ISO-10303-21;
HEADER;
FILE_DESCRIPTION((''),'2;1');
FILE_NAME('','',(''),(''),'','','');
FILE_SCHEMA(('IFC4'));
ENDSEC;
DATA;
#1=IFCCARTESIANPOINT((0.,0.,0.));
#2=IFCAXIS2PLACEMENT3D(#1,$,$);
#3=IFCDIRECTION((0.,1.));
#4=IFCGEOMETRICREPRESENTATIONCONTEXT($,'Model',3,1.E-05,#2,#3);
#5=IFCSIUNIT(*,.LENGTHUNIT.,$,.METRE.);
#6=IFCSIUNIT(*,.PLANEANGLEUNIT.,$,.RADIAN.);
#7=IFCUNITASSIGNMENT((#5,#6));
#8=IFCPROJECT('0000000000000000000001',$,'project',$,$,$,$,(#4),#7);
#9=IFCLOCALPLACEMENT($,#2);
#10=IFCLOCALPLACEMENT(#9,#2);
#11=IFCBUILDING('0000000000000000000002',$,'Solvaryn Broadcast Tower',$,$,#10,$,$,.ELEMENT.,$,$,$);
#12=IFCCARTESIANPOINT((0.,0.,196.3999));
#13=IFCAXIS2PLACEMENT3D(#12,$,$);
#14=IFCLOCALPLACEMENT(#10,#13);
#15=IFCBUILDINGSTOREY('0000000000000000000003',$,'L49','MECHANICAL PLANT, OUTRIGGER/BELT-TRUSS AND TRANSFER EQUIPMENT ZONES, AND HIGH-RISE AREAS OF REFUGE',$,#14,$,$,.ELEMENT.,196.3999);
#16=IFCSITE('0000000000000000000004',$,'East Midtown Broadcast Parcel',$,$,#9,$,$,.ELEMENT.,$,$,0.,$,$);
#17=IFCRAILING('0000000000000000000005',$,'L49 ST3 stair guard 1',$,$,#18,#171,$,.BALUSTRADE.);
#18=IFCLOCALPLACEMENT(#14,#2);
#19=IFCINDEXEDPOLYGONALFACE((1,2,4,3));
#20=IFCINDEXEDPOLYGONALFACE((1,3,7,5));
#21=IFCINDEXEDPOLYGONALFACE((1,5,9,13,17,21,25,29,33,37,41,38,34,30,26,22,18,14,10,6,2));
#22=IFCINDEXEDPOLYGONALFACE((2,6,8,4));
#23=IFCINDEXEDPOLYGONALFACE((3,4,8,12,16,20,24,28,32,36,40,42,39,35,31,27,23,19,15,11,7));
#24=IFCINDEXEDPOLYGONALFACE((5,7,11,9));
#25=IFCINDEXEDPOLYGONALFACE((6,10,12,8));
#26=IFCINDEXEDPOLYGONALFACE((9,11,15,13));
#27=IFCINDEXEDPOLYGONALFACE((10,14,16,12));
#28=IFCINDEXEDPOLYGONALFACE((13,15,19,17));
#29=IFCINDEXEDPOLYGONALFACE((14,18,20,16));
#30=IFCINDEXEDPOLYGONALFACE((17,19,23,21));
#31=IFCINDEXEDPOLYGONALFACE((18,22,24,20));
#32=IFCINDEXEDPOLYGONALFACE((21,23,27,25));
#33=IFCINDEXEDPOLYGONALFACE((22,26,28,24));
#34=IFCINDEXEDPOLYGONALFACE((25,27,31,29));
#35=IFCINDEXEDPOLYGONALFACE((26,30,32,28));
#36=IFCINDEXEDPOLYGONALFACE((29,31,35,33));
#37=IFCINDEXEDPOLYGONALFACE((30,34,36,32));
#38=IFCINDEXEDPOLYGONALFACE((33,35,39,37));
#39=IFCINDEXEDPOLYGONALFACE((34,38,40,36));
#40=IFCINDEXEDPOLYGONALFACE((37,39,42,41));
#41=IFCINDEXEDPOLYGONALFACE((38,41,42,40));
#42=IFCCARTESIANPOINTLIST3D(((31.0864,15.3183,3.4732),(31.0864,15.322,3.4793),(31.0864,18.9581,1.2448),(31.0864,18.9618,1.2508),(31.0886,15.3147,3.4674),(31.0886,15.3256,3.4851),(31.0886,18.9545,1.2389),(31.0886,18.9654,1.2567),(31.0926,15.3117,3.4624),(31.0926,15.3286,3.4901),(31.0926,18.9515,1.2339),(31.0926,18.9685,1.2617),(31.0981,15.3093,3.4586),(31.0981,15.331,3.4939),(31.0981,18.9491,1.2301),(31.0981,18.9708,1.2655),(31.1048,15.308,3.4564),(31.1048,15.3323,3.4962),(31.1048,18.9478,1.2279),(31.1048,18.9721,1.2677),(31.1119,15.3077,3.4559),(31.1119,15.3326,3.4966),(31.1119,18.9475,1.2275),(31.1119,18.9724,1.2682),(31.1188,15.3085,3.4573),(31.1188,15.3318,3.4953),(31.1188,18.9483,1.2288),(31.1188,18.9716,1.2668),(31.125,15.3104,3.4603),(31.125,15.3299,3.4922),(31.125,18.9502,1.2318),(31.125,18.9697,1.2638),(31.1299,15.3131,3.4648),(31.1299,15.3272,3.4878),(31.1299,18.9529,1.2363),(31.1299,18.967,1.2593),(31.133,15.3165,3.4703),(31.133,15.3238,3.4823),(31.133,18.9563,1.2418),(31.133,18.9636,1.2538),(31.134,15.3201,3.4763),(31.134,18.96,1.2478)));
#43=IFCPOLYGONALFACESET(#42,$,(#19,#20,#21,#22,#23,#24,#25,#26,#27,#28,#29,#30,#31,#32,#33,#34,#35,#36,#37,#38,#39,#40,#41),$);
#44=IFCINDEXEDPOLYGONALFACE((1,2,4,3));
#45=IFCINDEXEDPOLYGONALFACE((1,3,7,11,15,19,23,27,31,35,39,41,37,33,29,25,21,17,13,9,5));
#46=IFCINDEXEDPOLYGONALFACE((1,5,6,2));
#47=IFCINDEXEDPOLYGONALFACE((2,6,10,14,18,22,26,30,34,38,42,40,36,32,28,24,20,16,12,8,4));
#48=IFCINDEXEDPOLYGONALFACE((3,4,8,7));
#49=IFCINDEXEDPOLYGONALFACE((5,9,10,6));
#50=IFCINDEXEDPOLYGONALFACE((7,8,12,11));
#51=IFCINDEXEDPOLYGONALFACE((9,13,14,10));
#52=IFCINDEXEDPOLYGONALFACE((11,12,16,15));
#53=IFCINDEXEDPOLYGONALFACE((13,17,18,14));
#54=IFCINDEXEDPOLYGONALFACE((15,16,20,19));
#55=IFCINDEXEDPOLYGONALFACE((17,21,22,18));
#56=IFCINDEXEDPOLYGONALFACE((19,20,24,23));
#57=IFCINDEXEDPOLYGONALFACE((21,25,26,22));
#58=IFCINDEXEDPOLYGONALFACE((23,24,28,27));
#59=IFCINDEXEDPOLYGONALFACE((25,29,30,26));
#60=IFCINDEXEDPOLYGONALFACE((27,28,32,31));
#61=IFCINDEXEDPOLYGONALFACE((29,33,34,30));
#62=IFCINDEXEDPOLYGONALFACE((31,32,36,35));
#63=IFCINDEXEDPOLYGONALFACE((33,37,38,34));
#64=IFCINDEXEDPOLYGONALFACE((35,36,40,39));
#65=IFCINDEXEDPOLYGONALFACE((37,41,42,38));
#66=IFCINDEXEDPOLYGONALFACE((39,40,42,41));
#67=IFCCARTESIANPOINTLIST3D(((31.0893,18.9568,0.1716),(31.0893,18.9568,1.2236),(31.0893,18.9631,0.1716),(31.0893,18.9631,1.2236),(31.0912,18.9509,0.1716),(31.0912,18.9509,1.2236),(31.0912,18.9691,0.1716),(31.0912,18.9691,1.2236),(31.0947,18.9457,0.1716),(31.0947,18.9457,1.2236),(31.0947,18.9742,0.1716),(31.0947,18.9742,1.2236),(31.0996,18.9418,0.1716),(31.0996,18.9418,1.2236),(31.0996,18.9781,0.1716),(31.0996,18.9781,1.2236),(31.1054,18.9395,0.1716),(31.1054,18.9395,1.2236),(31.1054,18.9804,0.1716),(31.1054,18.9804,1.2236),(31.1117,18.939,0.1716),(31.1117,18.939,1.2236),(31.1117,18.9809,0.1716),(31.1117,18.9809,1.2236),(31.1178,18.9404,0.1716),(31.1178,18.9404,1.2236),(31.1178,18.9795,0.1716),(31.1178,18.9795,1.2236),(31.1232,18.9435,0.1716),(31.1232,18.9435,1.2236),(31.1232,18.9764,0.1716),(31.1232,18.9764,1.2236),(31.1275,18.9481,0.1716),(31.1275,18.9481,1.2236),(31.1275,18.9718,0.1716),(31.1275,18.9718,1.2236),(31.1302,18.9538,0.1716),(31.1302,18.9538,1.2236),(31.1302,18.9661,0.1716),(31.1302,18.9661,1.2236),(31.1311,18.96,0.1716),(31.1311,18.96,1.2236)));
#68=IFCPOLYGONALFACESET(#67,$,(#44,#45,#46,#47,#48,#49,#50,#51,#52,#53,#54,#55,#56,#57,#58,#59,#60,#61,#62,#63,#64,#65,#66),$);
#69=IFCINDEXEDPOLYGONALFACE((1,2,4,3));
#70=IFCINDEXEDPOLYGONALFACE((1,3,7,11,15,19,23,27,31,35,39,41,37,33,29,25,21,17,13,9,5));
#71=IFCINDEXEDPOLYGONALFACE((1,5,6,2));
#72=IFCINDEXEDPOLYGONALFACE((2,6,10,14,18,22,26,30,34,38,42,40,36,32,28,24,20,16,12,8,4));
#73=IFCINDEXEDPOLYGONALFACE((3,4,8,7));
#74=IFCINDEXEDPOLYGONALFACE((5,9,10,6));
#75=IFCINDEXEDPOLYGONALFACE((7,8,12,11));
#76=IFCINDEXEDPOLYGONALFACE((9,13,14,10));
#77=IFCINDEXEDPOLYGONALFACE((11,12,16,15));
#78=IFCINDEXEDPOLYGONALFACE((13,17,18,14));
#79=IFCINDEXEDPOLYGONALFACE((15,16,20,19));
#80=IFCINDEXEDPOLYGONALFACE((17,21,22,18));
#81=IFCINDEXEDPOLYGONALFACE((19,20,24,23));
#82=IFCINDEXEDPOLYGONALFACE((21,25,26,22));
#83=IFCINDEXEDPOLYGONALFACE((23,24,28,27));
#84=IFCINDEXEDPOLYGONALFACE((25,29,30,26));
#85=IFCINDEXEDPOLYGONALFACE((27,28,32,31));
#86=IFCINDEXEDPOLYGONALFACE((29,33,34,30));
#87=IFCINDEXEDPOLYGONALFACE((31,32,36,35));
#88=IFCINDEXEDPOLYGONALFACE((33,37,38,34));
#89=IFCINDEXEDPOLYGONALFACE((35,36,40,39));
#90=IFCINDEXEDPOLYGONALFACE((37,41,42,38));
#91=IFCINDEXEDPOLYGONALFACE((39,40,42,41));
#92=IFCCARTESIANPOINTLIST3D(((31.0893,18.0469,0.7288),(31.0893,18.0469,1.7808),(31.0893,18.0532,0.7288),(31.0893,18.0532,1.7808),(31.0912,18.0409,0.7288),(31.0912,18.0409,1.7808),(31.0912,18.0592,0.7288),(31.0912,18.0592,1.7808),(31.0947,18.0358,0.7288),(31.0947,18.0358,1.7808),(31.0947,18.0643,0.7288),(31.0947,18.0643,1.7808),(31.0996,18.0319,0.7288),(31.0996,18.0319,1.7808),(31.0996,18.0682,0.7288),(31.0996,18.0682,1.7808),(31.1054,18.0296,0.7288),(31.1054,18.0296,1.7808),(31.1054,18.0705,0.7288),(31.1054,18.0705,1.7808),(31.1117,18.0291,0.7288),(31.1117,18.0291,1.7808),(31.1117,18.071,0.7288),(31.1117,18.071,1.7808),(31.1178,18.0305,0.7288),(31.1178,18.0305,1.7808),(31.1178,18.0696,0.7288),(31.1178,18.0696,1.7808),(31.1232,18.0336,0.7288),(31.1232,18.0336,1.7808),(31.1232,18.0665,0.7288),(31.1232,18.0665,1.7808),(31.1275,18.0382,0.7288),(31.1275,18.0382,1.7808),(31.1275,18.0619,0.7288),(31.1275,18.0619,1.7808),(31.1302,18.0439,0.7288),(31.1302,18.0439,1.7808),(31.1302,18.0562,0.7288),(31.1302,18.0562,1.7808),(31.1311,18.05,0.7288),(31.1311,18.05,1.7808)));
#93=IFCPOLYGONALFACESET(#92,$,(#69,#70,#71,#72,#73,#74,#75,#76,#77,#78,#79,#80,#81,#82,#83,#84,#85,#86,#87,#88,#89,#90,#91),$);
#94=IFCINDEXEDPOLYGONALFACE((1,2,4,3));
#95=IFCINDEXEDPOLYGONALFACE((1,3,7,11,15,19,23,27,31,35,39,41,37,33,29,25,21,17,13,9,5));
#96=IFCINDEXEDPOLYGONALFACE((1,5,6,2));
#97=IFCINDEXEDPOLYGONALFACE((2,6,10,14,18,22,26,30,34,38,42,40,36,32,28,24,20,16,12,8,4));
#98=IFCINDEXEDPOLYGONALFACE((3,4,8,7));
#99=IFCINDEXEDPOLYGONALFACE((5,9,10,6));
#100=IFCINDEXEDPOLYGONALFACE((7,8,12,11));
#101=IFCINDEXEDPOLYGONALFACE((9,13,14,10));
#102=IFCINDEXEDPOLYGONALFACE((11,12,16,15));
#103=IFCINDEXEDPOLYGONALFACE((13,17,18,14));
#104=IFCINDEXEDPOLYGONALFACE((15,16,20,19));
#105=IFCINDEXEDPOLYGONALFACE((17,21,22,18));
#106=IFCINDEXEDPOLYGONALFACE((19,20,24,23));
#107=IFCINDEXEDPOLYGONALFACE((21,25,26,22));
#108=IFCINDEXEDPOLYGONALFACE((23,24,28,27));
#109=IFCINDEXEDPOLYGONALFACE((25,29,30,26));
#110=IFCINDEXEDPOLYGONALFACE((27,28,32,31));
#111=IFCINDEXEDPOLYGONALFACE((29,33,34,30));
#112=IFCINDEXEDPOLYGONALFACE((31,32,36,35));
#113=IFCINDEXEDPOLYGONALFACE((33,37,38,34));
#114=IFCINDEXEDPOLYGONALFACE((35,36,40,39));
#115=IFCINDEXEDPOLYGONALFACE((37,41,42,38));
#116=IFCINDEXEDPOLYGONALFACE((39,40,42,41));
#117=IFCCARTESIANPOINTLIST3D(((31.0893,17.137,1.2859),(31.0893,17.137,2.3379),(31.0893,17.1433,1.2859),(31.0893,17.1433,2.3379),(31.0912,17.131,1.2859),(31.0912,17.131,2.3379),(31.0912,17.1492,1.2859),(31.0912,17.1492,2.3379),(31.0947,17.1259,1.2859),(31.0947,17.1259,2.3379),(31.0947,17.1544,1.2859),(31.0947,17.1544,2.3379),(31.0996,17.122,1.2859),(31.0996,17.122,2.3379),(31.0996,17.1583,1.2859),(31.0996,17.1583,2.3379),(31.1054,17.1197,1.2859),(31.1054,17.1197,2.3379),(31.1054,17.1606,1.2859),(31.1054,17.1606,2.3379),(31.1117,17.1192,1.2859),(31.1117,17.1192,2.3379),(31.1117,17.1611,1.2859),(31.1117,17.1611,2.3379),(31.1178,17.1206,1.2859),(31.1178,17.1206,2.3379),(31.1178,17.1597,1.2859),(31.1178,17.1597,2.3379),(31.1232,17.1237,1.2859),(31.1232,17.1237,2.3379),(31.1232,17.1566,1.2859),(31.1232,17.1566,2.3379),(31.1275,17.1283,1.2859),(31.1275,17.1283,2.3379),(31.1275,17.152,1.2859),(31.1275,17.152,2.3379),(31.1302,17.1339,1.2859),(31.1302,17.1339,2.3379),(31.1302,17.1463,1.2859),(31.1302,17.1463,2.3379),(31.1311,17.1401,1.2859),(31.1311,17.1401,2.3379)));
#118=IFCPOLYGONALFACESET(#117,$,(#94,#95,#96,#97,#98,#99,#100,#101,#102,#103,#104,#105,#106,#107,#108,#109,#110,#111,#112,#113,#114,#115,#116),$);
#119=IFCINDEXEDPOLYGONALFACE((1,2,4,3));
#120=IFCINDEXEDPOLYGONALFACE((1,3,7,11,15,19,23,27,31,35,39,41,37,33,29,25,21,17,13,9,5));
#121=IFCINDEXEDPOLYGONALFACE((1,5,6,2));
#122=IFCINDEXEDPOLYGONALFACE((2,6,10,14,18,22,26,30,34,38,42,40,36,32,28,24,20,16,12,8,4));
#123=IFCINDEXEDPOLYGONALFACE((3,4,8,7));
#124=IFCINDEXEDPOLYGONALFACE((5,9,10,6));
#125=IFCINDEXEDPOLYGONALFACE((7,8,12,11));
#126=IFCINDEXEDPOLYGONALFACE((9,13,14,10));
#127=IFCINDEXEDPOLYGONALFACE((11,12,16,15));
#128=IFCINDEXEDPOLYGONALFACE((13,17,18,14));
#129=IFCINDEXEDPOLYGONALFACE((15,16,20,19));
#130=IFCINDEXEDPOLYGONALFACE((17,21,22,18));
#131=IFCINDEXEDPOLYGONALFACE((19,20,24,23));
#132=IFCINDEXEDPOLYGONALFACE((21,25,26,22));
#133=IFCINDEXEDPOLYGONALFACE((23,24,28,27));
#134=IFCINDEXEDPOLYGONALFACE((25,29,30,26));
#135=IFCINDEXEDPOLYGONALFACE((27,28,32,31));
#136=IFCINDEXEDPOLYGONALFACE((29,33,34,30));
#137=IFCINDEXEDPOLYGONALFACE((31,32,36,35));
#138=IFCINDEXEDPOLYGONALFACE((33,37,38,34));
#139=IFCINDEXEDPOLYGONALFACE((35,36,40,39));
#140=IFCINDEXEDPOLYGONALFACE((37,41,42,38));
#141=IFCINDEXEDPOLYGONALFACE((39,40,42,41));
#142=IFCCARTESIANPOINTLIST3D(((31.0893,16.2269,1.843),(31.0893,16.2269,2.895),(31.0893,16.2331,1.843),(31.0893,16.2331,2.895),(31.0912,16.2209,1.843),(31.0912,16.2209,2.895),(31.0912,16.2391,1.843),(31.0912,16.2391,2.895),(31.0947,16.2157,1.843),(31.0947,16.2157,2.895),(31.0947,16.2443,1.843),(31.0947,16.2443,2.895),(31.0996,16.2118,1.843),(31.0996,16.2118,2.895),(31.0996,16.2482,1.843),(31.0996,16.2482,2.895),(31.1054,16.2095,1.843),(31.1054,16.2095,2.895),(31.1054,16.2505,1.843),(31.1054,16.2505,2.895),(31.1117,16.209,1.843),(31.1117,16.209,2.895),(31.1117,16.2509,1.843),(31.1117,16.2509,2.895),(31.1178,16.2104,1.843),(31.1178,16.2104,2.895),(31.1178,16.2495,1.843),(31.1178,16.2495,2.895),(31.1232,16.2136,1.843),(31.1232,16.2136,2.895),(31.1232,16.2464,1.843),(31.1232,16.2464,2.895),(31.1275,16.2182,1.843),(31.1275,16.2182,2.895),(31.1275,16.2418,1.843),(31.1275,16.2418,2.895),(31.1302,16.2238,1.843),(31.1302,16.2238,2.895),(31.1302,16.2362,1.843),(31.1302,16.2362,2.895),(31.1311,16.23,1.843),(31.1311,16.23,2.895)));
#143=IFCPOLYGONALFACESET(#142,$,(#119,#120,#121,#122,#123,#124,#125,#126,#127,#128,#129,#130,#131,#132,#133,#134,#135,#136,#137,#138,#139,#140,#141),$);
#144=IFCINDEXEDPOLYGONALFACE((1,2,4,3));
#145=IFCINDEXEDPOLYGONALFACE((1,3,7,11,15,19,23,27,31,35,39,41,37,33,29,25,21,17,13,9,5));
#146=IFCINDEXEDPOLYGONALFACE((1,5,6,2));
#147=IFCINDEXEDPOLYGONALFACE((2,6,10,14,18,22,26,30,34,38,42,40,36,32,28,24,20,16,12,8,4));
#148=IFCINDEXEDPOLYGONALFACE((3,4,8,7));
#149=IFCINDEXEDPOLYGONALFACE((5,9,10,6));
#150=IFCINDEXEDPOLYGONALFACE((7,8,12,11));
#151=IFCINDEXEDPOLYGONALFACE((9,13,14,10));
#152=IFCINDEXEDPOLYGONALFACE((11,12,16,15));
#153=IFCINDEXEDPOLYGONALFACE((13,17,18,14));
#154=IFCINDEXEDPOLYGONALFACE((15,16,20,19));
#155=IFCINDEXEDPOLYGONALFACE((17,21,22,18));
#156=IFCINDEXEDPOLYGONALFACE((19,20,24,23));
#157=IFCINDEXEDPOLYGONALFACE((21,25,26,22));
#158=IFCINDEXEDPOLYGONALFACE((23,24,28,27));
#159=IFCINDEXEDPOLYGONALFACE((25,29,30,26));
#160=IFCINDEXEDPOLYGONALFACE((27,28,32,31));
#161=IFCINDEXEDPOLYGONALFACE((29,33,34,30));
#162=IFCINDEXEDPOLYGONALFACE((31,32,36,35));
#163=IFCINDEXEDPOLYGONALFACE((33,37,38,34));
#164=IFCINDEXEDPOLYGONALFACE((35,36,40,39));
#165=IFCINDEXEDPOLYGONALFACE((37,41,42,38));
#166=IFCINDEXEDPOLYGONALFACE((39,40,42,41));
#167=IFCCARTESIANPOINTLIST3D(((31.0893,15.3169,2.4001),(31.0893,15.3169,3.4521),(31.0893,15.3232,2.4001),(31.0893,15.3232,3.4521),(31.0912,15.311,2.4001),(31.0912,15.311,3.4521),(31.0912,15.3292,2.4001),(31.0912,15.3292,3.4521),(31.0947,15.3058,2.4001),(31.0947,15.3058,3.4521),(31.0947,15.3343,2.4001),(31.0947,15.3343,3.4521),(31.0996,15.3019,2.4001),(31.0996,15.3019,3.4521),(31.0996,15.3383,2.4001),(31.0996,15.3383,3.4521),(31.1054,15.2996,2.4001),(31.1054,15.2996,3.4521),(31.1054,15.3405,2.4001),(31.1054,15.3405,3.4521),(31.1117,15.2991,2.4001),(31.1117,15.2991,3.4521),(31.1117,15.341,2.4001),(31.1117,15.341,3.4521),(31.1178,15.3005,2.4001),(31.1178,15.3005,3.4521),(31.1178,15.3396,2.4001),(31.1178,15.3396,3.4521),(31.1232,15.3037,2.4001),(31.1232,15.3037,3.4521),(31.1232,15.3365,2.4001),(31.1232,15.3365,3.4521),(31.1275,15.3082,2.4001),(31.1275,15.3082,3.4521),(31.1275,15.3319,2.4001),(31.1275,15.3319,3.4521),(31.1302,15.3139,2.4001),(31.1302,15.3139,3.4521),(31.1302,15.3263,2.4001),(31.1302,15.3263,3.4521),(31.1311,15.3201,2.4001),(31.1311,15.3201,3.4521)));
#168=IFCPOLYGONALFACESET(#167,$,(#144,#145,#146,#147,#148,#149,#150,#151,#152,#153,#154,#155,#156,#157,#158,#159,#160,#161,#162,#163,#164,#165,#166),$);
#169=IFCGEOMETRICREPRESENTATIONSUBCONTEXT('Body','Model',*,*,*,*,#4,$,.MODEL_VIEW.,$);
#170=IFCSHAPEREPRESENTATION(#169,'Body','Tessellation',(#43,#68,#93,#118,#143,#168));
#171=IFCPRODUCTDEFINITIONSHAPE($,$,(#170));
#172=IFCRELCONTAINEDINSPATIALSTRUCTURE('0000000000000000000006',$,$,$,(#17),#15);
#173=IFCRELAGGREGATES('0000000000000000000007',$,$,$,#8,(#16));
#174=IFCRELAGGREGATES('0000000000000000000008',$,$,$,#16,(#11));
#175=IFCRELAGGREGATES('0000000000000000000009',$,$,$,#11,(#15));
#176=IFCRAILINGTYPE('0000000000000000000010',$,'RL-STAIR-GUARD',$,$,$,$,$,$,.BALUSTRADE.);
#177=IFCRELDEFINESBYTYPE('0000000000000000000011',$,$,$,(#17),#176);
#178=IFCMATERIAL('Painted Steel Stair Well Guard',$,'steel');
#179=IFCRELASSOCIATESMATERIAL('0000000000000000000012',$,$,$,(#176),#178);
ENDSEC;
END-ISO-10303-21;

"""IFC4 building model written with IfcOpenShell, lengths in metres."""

from ifc_helpers import new_model, si_unit, direction, frame, origin, origin_2d, place, context, subcontext, project, spatial, circle, extrude, material, type_object, element, save


model = new_model("IFC4")

# Units and contexts
model_context = context("Model", 3, precision=1e-05, world=origin(), true_north=direction((0.0, 1.0)))
body_context = subcontext(model_context, "Body", "Model", "MODEL_VIEW")
ifc_project = project(units=[si_unit("LENGTHUNIT", "METRE"), si_unit("PLANEANGLEUNIT", "RADIAN")], contexts=[model_context])

# Site, building, storey
site_placement = place(None, origin())
site = spatial("IfcSite", under=ifc_project, at=site_placement, Name="East Midtown Broadcast Parcel", CompositionType="ELEMENT", RefElevation=0.0)
building_placement = place(site_placement, origin())
building = spatial("IfcBuilding", under=site, at=building_placement, Name="Solvaryn Broadcast Tower", CompositionType="ELEMENT")
storey_placement = place(building_placement, frame((0.0, 0.0, 196.3999)))
storey = spatial("IfcBuildingStorey", under=building, at=storey_placement, Name="L49", Description="MECHANICAL PLANT, OUTRIGGER/BELT-TRUSS AND TRANSFER EQUIPMENT ZONES, AND HIGH-RISE AREAS OF REFUGE", CompositionType="ELEMENT", Elevation=196.3999)

# Railing
ifc_material_1 = material(Name="Painted Steel Stair Well Guard", Category="steel")
railing_type_1 = type_object("IfcRailingType", Name="RL-STAIR-GUARD", PredefinedType="BALUSTRADE", material=ifc_material_1)
railing_1_placement = place(storey_placement, frame((31.1101, 18.96, 0.1716)))
element("IfcRailing", 1, at=railing_1_placement, inside=storey, type_object=railing_type_1, Name="L49 ST3 stair guard 1", PredefinedType="BALUSTRADE", context=body_context, shape_type="SweptSolid", body=[
    extrude(circle(Radius=0.0239, at=origin_2d()), frame((0.0, 0.0, 1.0762), z_axis=(0.0, -0.85285, 0.522156), x_axis=(1.0, 0.0, 0.0)), (0.0, 0.0, 1.0), 4.2678),
    extrude(circle(Radius=0.021, at=origin_2d()), origin(), (0.0, 0.0, 1.0), 1.052),
    extrude(circle(Radius=0.021, at=origin_2d()), frame((0.0, -0.9099, 0.5571)), (0.0, 0.0, 1.0), 1.052),
    extrude(circle(Radius=0.021, at=origin_2d()), frame((0.0, -1.8198, 1.1143)), (0.0, 0.0, 1.0), 1.052),
    extrude(circle(Radius=0.021, at=origin_2d()), frame((0.0, -2.73, 1.6714)), (0.0, 0.0, 1.0), 1.052),
    extrude(circle(Radius=0.021, at=origin_2d()), frame((0.0, -3.6399, 2.2285)), (0.0, 0.0, 1.0), 1.052),
])

save(model, "model.ifc")
